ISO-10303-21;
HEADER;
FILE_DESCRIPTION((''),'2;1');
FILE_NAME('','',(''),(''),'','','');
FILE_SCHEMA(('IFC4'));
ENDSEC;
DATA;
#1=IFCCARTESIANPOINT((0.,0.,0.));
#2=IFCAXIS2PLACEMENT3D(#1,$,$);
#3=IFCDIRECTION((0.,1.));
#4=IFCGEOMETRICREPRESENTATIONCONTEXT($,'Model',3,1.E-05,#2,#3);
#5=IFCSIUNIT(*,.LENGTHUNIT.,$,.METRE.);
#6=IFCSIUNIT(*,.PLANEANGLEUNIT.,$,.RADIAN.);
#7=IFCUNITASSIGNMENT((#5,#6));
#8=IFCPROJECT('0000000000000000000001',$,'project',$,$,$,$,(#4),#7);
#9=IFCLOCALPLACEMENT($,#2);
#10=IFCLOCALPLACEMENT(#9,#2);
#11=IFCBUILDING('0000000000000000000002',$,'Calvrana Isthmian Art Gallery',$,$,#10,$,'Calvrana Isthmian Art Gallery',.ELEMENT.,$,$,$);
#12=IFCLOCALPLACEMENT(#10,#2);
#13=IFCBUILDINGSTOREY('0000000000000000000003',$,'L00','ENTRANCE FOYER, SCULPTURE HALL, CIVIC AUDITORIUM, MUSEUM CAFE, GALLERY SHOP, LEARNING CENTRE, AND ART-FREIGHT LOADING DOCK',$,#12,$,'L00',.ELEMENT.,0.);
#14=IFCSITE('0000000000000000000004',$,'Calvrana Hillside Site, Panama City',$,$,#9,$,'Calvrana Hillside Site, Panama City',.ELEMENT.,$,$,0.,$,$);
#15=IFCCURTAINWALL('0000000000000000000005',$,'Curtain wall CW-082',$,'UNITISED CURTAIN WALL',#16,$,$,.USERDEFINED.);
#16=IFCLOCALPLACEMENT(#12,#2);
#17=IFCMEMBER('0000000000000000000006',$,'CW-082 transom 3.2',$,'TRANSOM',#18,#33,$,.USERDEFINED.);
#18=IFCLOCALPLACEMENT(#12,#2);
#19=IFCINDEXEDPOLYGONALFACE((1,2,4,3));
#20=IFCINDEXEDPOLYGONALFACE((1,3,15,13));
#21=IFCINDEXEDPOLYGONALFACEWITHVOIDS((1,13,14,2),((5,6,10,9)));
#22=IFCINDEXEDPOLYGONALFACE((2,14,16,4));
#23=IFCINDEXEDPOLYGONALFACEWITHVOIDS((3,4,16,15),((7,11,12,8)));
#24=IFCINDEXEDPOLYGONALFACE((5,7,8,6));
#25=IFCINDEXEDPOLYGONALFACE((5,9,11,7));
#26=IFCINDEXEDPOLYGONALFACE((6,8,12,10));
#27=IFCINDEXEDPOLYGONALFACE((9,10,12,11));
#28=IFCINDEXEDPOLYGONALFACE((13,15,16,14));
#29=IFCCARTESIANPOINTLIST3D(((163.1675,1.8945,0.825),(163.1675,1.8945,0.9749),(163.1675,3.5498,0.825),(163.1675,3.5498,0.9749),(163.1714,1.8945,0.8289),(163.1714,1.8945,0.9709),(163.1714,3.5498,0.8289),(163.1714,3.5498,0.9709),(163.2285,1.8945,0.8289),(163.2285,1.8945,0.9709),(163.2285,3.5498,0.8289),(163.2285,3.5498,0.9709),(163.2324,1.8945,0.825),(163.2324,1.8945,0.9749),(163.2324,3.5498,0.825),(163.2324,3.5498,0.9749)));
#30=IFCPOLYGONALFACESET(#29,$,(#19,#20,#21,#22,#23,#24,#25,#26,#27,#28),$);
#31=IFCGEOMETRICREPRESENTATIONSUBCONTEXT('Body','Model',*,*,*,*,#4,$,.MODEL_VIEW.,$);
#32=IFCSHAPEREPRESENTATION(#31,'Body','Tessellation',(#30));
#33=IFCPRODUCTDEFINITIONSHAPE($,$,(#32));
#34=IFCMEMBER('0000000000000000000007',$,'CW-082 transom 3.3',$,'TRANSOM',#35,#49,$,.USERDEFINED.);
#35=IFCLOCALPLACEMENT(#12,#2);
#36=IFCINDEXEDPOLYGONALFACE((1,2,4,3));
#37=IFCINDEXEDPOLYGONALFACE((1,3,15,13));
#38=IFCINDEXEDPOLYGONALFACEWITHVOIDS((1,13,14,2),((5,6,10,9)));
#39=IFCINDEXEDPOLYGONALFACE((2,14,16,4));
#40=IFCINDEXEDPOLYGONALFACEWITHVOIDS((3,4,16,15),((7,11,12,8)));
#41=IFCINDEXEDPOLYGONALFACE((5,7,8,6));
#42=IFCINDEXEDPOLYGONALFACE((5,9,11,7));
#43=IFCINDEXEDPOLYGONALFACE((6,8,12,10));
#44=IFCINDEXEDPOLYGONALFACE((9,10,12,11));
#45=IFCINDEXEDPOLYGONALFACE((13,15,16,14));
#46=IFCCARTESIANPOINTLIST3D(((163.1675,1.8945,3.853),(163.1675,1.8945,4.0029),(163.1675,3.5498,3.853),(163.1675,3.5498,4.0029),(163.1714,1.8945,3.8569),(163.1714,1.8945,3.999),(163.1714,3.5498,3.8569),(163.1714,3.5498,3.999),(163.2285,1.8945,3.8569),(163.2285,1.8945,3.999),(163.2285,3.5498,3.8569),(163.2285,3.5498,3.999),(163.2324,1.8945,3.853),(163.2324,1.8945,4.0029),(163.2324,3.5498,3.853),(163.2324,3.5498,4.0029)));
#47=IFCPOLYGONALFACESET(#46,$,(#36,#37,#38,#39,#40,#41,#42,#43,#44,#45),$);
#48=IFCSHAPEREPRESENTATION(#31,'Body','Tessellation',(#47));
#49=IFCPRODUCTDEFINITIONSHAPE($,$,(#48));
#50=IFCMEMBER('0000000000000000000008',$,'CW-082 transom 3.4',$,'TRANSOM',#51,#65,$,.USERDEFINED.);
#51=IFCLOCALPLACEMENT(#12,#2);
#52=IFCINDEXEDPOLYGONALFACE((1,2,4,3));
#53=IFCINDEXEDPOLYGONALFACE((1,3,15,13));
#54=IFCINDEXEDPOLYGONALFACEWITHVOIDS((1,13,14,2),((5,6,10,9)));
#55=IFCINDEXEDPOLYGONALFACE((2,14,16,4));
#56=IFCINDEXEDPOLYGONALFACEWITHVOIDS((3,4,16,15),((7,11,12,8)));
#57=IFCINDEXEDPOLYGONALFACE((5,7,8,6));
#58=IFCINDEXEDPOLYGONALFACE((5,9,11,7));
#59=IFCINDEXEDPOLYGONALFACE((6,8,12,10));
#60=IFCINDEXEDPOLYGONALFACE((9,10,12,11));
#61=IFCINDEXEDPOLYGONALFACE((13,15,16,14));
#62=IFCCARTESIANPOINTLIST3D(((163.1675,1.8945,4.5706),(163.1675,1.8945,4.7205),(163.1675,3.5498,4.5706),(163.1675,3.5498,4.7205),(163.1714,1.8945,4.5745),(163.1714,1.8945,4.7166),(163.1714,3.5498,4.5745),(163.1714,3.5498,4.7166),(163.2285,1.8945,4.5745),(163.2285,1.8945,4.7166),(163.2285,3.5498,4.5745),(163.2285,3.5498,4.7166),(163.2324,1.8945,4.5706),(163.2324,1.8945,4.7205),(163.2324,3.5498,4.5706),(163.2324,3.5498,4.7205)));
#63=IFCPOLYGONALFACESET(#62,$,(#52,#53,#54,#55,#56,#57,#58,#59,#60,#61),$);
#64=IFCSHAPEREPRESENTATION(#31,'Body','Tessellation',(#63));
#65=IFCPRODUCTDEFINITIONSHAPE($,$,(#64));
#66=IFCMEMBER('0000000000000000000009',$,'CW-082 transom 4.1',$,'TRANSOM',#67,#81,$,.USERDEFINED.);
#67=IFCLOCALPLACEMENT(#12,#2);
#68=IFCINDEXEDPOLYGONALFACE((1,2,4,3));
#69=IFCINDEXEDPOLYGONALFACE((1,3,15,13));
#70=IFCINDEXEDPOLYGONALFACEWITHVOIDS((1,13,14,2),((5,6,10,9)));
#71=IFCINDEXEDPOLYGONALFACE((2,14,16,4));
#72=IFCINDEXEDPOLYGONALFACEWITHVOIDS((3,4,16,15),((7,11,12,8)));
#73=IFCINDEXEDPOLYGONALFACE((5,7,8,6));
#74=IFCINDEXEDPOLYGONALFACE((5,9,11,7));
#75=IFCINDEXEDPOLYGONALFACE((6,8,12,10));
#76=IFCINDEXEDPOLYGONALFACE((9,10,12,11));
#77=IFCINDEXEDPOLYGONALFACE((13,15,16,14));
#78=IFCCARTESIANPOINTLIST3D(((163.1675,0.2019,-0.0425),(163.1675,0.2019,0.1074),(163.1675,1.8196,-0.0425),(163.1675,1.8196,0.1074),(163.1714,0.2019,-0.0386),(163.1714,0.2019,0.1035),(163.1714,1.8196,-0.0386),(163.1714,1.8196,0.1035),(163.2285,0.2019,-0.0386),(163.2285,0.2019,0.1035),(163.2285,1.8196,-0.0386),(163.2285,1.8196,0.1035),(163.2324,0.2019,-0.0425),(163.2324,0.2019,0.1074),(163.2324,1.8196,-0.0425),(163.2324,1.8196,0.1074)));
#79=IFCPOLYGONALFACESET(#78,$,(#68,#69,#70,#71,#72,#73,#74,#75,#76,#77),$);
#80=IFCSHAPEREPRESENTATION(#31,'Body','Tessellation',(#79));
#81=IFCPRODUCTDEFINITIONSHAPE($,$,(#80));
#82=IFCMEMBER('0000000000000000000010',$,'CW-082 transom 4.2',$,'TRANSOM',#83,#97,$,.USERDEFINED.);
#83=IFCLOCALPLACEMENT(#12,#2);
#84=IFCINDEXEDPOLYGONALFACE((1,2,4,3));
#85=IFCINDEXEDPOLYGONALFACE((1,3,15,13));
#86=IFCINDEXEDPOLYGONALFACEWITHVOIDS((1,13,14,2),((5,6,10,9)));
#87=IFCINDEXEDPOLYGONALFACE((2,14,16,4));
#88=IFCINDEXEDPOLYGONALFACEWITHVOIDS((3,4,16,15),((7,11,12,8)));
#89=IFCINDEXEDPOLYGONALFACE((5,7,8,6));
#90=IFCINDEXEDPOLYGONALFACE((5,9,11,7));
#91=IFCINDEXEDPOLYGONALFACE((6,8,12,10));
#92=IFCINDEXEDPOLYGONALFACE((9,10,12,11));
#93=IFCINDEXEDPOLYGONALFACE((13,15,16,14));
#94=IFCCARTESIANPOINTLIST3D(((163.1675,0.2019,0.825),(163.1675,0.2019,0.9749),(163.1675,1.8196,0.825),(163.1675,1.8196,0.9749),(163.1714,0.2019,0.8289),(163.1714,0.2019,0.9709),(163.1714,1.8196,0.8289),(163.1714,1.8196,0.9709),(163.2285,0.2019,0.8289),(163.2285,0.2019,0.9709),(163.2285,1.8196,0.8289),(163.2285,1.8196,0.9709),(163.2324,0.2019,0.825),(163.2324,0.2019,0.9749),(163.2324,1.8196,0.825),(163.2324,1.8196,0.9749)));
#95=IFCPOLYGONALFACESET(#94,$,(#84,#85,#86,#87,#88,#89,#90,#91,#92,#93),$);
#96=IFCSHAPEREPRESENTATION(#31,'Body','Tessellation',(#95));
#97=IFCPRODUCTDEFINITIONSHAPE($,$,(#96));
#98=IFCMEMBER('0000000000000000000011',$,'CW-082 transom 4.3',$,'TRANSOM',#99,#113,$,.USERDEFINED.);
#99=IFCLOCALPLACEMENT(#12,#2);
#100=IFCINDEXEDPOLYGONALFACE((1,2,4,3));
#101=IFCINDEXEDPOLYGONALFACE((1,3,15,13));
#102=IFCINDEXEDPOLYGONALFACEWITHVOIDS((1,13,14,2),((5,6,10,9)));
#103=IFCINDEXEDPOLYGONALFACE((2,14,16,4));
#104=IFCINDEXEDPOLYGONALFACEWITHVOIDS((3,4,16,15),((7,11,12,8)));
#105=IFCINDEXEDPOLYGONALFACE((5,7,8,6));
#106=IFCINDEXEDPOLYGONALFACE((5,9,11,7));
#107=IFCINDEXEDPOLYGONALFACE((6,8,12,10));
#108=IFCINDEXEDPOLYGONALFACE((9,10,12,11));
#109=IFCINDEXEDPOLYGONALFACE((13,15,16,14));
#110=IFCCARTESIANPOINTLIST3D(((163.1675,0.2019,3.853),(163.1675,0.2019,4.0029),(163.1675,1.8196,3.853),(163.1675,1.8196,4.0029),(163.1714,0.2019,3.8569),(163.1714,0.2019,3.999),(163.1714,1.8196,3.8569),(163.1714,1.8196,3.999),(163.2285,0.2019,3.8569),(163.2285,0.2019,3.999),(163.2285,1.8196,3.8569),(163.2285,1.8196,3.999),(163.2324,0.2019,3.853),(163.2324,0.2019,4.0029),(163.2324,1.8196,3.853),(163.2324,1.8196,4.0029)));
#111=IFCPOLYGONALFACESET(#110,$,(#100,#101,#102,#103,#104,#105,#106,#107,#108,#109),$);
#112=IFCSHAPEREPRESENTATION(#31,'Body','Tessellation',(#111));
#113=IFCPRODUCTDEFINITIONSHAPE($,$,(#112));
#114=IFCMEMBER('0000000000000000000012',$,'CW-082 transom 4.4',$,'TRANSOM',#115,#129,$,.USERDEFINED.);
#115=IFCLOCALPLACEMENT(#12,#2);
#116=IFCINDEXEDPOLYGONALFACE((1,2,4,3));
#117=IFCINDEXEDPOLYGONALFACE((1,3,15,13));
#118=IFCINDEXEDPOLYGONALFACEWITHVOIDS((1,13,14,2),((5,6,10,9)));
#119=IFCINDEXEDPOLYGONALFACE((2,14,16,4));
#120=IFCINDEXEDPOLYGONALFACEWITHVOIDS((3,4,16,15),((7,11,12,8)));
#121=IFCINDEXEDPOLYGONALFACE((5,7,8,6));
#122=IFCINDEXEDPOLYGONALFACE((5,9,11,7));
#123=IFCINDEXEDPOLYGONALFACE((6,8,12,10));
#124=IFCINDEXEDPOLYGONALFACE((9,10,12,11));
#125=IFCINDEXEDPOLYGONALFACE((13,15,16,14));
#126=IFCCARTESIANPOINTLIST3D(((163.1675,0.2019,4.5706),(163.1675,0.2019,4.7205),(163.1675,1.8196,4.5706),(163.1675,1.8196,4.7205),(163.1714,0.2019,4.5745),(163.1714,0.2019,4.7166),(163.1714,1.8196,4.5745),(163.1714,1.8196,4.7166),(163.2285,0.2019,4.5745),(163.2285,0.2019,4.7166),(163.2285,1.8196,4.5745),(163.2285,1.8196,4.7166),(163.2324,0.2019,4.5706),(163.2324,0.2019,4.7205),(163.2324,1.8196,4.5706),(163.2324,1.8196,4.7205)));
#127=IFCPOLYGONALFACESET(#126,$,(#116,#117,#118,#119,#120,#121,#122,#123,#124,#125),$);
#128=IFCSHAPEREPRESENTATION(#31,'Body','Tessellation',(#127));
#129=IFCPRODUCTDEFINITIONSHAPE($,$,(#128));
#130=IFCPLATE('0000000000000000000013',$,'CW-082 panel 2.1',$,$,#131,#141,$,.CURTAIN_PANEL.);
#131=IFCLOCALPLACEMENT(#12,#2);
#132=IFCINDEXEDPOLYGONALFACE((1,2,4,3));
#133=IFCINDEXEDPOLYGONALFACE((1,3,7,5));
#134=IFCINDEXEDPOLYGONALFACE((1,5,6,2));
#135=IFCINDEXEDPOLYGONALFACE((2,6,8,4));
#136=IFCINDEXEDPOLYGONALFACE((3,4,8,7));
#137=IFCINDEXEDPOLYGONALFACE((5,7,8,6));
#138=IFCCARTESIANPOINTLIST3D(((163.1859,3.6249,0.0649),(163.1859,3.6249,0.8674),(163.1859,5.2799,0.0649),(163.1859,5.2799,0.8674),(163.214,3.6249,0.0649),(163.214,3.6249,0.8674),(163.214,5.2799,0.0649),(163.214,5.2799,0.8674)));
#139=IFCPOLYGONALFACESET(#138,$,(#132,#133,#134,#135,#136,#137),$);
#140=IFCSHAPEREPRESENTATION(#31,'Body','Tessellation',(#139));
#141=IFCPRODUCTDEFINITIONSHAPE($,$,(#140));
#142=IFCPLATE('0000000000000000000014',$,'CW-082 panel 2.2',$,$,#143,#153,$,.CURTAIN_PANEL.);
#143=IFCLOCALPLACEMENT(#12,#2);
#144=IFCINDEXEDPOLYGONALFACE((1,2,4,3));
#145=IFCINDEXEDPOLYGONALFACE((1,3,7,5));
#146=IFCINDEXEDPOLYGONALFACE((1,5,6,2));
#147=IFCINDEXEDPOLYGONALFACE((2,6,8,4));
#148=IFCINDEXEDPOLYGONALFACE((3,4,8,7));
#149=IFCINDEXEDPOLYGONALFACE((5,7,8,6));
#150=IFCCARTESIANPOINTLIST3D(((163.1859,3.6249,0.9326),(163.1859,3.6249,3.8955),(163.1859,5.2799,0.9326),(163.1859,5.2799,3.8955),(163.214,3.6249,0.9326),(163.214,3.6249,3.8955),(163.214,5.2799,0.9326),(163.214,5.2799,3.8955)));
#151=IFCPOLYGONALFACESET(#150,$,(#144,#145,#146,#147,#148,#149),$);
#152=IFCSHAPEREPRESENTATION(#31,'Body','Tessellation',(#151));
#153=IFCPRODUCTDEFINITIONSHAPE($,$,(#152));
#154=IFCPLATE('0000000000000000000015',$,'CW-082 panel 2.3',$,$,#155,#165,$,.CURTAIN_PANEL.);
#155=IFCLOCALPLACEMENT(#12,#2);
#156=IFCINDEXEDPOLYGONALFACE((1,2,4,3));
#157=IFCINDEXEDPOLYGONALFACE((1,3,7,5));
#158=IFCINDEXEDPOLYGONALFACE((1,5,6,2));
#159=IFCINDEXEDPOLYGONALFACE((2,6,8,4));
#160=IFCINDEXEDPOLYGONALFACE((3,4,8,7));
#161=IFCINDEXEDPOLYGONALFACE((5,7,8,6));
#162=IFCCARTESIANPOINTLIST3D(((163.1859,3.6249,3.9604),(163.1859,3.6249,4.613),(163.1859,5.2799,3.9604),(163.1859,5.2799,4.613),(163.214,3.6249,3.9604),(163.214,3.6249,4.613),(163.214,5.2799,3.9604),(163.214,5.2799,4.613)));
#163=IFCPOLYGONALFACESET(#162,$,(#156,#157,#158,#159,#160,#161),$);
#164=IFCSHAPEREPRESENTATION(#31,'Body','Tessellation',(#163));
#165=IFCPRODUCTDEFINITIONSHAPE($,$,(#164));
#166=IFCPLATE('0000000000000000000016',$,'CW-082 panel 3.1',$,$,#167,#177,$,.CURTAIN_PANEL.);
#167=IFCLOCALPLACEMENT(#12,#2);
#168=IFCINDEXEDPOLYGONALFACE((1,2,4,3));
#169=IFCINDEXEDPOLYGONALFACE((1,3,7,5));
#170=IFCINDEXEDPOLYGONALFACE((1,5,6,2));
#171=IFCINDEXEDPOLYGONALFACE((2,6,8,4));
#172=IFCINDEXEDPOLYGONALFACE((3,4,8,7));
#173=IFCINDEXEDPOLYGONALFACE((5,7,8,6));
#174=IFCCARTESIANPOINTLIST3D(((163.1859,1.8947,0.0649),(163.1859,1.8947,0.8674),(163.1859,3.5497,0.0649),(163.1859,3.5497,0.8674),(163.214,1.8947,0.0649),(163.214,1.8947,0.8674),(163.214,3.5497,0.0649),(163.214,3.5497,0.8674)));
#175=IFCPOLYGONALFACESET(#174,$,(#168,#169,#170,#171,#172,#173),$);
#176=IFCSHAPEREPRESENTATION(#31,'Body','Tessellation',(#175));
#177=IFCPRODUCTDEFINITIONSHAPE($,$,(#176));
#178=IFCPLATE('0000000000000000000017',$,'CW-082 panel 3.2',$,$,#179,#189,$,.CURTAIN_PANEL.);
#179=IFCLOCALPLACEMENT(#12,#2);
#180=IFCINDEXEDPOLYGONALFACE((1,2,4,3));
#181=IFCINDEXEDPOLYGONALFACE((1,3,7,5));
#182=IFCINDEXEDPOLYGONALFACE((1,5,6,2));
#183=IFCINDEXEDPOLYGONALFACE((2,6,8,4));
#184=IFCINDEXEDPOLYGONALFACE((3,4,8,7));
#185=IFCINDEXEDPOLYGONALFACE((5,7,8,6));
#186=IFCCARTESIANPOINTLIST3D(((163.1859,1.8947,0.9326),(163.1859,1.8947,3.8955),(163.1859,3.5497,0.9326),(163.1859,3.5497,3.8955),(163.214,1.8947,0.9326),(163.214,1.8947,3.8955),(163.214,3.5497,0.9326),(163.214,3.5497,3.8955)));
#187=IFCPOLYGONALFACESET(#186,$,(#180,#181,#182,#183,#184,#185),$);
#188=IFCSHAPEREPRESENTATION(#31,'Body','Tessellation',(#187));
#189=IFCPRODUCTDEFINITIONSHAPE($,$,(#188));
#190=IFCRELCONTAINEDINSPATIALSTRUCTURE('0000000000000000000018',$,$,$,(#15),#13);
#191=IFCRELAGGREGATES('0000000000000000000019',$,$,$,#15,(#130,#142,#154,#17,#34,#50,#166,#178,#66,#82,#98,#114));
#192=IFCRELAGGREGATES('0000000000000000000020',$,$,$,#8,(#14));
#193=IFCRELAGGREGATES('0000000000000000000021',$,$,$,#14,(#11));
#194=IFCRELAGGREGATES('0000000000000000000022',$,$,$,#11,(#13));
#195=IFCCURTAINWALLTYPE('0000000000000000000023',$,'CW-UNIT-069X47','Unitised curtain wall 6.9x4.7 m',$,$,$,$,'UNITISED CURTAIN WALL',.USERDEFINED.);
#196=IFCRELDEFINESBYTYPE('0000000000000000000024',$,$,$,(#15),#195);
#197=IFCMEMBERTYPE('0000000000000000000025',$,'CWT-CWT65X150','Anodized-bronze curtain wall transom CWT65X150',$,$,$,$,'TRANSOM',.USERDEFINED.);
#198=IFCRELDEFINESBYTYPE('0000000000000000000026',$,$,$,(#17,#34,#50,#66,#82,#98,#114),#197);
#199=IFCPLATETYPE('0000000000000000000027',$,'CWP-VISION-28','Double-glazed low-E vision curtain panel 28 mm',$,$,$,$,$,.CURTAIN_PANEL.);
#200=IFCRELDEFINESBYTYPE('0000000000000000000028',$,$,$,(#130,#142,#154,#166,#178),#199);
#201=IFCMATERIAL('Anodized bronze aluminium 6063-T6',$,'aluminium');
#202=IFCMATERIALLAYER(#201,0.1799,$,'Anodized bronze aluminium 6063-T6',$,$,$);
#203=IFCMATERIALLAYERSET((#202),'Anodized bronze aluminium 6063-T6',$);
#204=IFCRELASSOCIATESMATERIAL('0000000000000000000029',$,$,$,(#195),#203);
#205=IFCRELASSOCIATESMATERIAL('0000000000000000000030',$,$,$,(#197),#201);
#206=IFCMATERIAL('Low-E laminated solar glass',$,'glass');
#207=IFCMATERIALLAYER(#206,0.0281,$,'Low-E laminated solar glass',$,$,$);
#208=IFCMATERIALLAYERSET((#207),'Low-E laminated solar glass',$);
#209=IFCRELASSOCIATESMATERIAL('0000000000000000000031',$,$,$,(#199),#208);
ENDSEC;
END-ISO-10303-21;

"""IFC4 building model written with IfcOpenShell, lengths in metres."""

from ifc_helpers import new_model, si_unit, direction, frame, origin, origin_2d, place, context, subcontext, project, spatial, rectangle, hollow_rectangle, extrude, material, layer, layer_set, material_profile, profile_set, type_object, element, aggregate, save


model = new_model("IFC4")

# Units and contexts
model_context = context("Model", 3, precision=1e-05, world=origin(), true_north=direction((0.0, 1.0)))
body_context = subcontext(model_context, "Body", "Model", "MODEL_VIEW")
ifc_project = project(units=[si_unit("LENGTHUNIT", "METRE"), si_unit("PLANEANGLEUNIT", "RADIAN")], contexts=[model_context])

# Site, building, storey
site_placement = place(None, origin())
site = spatial("IfcSite", under=ifc_project, at=site_placement, Name="Calvrana Hillside Site, Panama City", LongName="Calvrana Hillside Site, Panama City", CompositionType="ELEMENT", RefElevation=0.0)
building_placement = place(site_placement, origin())
building = spatial("IfcBuilding", under=site, at=building_placement, Name="Calvrana Isthmian Art Gallery", LongName="Calvrana Isthmian Art Gallery", CompositionType="ELEMENT")
storey_placement = place(building_placement, origin())
storey = spatial("IfcBuildingStorey", under=building, at=storey_placement, Name="L00", Description="ENTRANCE FOYER, SCULPTURE HALL, CIVIC AUDITORIUM, MUSEUM CAFE, GALLERY SHOP, LEARNING CENTRE, AND ART-FREIGHT LOADING DOCK", LongName="L00", CompositionType="ELEMENT", Elevation=0.0)

# Curtain wall, members, plates
ifc_material_1 = material(Name="Anodized bronze aluminium 6063-T6", Category="aluminium")
ifc_layer_1 = layer(ifc_material_1, 0.1799, Name="Anodized bronze aluminium 6063-T6")
ifc_layer_set_1 = layer_set([ifc_layer_1], Name="Anodized bronze aluminium 6063-T6")
curtain_wall_type = type_object("IfcCurtainWallType", Name="CW-UNIT-069X47", Description="Unitised curtain wall 6.9x4.7 m", ElementType="UNITISED CURTAIN WALL", PredefinedType="USERDEFINED", material=ifc_layer_set_1)
curtain_wall_placement = place(storey_placement, origin())
curtain_wall = element("IfcCurtainWall", 1, at=curtain_wall_placement, inside=storey, type_object=curtain_wall_type, Name="Curtain wall CW-082", ObjectType="UNITISED CURTAIN WALL", PredefinedType="USERDEFINED")
ifc_material_profile_1 = material_profile(ifc_material_1, hollow_rectangle(XDim=0.0649, YDim=0.1499, WallThickness=0.0039, at=origin_2d()), Name="CWT65X150")
ifc_profile_set_1 = profile_set([ifc_material_profile_1], Name="Anodized bronze aluminium 6063-T6")
member_type_1 = type_object("IfcMemberType", Name="CWT-CWT65X150", Description="Anodized-bronze curtain wall transom CWT65X150", ElementType="TRANSOM", PredefinedType="USERDEFINED", material=ifc_profile_set_1)
member_1_placement = place(storey_placement, frame((163.2, 3.5498, 0.8999), z_axis=(0.0, -1.0, 0.0), x_axis=(1.0, 0.0, 0.0)))
member_1 = element("IfcMember", 2, at=member_1_placement, type_object=member_type_1, Name="CW-082 transom 3.2", ObjectType="TRANSOM", PredefinedType="USERDEFINED", context=body_context, shape_type="SweptSolid", body=[
    extrude(hollow_rectangle(XDim=0.0649, YDim=0.1499, WallThickness=0.0039, at=origin_2d()), origin(), (0.0, 0.0, 1.0), 1.6553),
])
member_2_placement = place(storey_placement, frame((163.2, 3.5498, 3.928), z_axis=(0.0, -1.0, 0.0), x_axis=(1.0, 0.0, 0.0)))
member_2 = element("IfcMember", 3, at=member_2_placement, type_object=member_type_1, Name="CW-082 transom 3.3", ObjectType="TRANSOM", PredefinedType="USERDEFINED", context=body_context, shape_type="SweptSolid", body=[
    extrude(hollow_rectangle(XDim=0.0649, YDim=0.1499, WallThickness=0.0039, at=origin_2d()), origin(), (0.0, 0.0, 1.0), 1.6553),
])
member_3_placement = place(storey_placement, frame((163.2, 3.5498, 4.6455), z_axis=(0.0, -1.0, 0.0), x_axis=(1.0, 0.0, 0.0)))
member_3 = element("IfcMember", 4, at=member_3_placement, type_object=member_type_1, Name="CW-082 transom 3.4", ObjectType="TRANSOM", PredefinedType="USERDEFINED", context=body_context, shape_type="SweptSolid", body=[
    extrude(hollow_rectangle(XDim=0.0649, YDim=0.1499, WallThickness=0.0039, at=origin_2d()), origin(), (0.0, 0.0, 1.0), 1.6553),
])
member_4_placement = place(storey_placement, frame((163.2, 1.8196, 0.0325), z_axis=(0.0, -1.0, 0.0), x_axis=(1.0, 0.0, 0.0)))
member_4 = element("IfcMember", 5, at=member_4_placement, type_object=member_type_1, Name="CW-082 transom 4.1", ObjectType="TRANSOM", PredefinedType="USERDEFINED", context=body_context, shape_type="SweptSolid", body=[
    extrude(hollow_rectangle(XDim=0.0649, YDim=0.1499, WallThickness=0.0039, at=origin_2d()), origin(), (0.0, 0.0, 1.0), 1.6177),
])
member_5_placement = place(storey_placement, frame((163.2, 1.8196, 0.8999), z_axis=(0.0, -1.0, 0.0), x_axis=(1.0, 0.0, 0.0)))
member_5 = element("IfcMember", 6, at=member_5_placement, type_object=member_type_1, Name="CW-082 transom 4.2", ObjectType="TRANSOM", PredefinedType="USERDEFINED", context=body_context, shape_type="SweptSolid", body=[
    extrude(hollow_rectangle(XDim=0.0649, YDim=0.1499, WallThickness=0.0039, at=origin_2d()), origin(), (0.0, 0.0, 1.0), 1.6177),
])
member_6_placement = place(storey_placement, frame((163.2, 1.8196, 3.928), z_axis=(0.0, -1.0, 0.0), x_axis=(1.0, 0.0, 0.0)))
member_6 = element("IfcMember", 7, at=member_6_placement, type_object=member_type_1, Name="CW-082 transom 4.3", ObjectType="TRANSOM", PredefinedType="USERDEFINED", context=body_context, shape_type="SweptSolid", body=[
    extrude(hollow_rectangle(XDim=0.0649, YDim=0.1499, WallThickness=0.0039, at=origin_2d()), origin(), (0.0, 0.0, 1.0), 1.6177),
])
member_7_placement = place(storey_placement, frame((163.2, 1.8196, 4.6455), z_axis=(0.0, -1.0, 0.0), x_axis=(1.0, 0.0, 0.0)))
member_7 = element("IfcMember", 8, at=member_7_placement, type_object=member_type_1, Name="CW-082 transom 4.4", ObjectType="TRANSOM", PredefinedType="USERDEFINED", context=body_context, shape_type="SweptSolid", body=[
    extrude(hollow_rectangle(XDim=0.0649, YDim=0.1499, WallThickness=0.0039, at=origin_2d()), origin(), (0.0, 0.0, 1.0), 1.6177),
])
ifc_material_2 = material(Name="Low-E laminated solar glass", Category="glass")
ifc_layer_2 = layer(ifc_material_2, 0.0281, Name="Low-E laminated solar glass")
ifc_layer_set_2 = layer_set([ifc_layer_2], Name="Low-E laminated solar glass")
plate_type_1 = type_object("IfcPlateType", Name="CWP-VISION-28", Description="Double-glazed low-E vision curtain panel 28 mm", PredefinedType="CURTAIN_PANEL", material=ifc_layer_set_2)
plate_1_placement = place(storey_placement, frame((163.2, 4.4524, 0.0649), z_axis=(0.0, 0.0, 1.0), x_axis=(0.0, -1.0, 0.0)))
plate_1 = element("IfcPlate", 9, at=plate_1_placement, type_object=plate_type_1, Name="CW-082 panel 2.1", PredefinedType="CURTAIN_PANEL", context=body_context, shape_type="SweptSolid", body=[
    extrude(rectangle(XDim=1.655, YDim=0.0281, at=origin_2d()), origin(), (0.0, 0.0, 1.0), 0.8025),
])
plate_2_placement = place(storey_placement, frame((163.2, 4.4524, 0.9326), z_axis=(0.0, 0.0, 1.0), x_axis=(0.0, -1.0, 0.0)))
plate_2 = element("IfcPlate", 10, at=plate_2_placement, type_object=plate_type_1, Name="CW-082 panel 2.2", PredefinedType="CURTAIN_PANEL", context=body_context, shape_type="SweptSolid", body=[
    extrude(rectangle(XDim=1.655, YDim=0.0281, at=origin_2d()), origin(), (0.0, 0.0, 1.0), 2.9629),
])
plate_3_placement = place(storey_placement, frame((163.2, 4.4524, 3.9604), z_axis=(0.0, 0.0, 1.0), x_axis=(0.0, -1.0, 0.0)))
plate_3 = element("IfcPlate", 11, at=plate_3_placement, type_object=plate_type_1, Name="CW-082 panel 2.3", PredefinedType="CURTAIN_PANEL", context=body_context, shape_type="SweptSolid", body=[
    extrude(rectangle(XDim=1.655, YDim=0.0281, at=origin_2d()), origin(), (0.0, 0.0, 1.0), 0.6526),
])
plate_4_placement = place(storey_placement, frame((163.2, 2.7222, 0.0649), z_axis=(0.0, 0.0, 1.0), x_axis=(0.0, -1.0, 0.0)))
plate_4 = element("IfcPlate", 12, at=plate_4_placement, type_object=plate_type_1, Name="CW-082 panel 3.1", PredefinedType="CURTAIN_PANEL", context=body_context, shape_type="SweptSolid", body=[
    extrude(rectangle(XDim=1.655, YDim=0.0281, at=origin_2d()), origin(), (0.0, 0.0, 1.0), 0.8025),
])
plate_5_placement = place(storey_placement, frame((163.2, 2.7222, 0.9326), z_axis=(0.0, 0.0, 1.0), x_axis=(0.0, -1.0, 0.0)))
plate_5 = element("IfcPlate", 13, at=plate_5_placement, type_object=plate_type_1, Name="CW-082 panel 3.2", PredefinedType="CURTAIN_PANEL", context=body_context, shape_type="SweptSolid", body=[
    extrude(rectangle(XDim=1.655, YDim=0.0281, at=origin_2d()), origin(), (0.0, 0.0, 1.0), 2.9629),
])
aggregate(curtain_wall, [plate_1, plate_2, plate_3, member_1, member_2, member_3, plate_4, plate_5, member_4, member_5, member_6, member_7])

save(model, "model.ifc")
